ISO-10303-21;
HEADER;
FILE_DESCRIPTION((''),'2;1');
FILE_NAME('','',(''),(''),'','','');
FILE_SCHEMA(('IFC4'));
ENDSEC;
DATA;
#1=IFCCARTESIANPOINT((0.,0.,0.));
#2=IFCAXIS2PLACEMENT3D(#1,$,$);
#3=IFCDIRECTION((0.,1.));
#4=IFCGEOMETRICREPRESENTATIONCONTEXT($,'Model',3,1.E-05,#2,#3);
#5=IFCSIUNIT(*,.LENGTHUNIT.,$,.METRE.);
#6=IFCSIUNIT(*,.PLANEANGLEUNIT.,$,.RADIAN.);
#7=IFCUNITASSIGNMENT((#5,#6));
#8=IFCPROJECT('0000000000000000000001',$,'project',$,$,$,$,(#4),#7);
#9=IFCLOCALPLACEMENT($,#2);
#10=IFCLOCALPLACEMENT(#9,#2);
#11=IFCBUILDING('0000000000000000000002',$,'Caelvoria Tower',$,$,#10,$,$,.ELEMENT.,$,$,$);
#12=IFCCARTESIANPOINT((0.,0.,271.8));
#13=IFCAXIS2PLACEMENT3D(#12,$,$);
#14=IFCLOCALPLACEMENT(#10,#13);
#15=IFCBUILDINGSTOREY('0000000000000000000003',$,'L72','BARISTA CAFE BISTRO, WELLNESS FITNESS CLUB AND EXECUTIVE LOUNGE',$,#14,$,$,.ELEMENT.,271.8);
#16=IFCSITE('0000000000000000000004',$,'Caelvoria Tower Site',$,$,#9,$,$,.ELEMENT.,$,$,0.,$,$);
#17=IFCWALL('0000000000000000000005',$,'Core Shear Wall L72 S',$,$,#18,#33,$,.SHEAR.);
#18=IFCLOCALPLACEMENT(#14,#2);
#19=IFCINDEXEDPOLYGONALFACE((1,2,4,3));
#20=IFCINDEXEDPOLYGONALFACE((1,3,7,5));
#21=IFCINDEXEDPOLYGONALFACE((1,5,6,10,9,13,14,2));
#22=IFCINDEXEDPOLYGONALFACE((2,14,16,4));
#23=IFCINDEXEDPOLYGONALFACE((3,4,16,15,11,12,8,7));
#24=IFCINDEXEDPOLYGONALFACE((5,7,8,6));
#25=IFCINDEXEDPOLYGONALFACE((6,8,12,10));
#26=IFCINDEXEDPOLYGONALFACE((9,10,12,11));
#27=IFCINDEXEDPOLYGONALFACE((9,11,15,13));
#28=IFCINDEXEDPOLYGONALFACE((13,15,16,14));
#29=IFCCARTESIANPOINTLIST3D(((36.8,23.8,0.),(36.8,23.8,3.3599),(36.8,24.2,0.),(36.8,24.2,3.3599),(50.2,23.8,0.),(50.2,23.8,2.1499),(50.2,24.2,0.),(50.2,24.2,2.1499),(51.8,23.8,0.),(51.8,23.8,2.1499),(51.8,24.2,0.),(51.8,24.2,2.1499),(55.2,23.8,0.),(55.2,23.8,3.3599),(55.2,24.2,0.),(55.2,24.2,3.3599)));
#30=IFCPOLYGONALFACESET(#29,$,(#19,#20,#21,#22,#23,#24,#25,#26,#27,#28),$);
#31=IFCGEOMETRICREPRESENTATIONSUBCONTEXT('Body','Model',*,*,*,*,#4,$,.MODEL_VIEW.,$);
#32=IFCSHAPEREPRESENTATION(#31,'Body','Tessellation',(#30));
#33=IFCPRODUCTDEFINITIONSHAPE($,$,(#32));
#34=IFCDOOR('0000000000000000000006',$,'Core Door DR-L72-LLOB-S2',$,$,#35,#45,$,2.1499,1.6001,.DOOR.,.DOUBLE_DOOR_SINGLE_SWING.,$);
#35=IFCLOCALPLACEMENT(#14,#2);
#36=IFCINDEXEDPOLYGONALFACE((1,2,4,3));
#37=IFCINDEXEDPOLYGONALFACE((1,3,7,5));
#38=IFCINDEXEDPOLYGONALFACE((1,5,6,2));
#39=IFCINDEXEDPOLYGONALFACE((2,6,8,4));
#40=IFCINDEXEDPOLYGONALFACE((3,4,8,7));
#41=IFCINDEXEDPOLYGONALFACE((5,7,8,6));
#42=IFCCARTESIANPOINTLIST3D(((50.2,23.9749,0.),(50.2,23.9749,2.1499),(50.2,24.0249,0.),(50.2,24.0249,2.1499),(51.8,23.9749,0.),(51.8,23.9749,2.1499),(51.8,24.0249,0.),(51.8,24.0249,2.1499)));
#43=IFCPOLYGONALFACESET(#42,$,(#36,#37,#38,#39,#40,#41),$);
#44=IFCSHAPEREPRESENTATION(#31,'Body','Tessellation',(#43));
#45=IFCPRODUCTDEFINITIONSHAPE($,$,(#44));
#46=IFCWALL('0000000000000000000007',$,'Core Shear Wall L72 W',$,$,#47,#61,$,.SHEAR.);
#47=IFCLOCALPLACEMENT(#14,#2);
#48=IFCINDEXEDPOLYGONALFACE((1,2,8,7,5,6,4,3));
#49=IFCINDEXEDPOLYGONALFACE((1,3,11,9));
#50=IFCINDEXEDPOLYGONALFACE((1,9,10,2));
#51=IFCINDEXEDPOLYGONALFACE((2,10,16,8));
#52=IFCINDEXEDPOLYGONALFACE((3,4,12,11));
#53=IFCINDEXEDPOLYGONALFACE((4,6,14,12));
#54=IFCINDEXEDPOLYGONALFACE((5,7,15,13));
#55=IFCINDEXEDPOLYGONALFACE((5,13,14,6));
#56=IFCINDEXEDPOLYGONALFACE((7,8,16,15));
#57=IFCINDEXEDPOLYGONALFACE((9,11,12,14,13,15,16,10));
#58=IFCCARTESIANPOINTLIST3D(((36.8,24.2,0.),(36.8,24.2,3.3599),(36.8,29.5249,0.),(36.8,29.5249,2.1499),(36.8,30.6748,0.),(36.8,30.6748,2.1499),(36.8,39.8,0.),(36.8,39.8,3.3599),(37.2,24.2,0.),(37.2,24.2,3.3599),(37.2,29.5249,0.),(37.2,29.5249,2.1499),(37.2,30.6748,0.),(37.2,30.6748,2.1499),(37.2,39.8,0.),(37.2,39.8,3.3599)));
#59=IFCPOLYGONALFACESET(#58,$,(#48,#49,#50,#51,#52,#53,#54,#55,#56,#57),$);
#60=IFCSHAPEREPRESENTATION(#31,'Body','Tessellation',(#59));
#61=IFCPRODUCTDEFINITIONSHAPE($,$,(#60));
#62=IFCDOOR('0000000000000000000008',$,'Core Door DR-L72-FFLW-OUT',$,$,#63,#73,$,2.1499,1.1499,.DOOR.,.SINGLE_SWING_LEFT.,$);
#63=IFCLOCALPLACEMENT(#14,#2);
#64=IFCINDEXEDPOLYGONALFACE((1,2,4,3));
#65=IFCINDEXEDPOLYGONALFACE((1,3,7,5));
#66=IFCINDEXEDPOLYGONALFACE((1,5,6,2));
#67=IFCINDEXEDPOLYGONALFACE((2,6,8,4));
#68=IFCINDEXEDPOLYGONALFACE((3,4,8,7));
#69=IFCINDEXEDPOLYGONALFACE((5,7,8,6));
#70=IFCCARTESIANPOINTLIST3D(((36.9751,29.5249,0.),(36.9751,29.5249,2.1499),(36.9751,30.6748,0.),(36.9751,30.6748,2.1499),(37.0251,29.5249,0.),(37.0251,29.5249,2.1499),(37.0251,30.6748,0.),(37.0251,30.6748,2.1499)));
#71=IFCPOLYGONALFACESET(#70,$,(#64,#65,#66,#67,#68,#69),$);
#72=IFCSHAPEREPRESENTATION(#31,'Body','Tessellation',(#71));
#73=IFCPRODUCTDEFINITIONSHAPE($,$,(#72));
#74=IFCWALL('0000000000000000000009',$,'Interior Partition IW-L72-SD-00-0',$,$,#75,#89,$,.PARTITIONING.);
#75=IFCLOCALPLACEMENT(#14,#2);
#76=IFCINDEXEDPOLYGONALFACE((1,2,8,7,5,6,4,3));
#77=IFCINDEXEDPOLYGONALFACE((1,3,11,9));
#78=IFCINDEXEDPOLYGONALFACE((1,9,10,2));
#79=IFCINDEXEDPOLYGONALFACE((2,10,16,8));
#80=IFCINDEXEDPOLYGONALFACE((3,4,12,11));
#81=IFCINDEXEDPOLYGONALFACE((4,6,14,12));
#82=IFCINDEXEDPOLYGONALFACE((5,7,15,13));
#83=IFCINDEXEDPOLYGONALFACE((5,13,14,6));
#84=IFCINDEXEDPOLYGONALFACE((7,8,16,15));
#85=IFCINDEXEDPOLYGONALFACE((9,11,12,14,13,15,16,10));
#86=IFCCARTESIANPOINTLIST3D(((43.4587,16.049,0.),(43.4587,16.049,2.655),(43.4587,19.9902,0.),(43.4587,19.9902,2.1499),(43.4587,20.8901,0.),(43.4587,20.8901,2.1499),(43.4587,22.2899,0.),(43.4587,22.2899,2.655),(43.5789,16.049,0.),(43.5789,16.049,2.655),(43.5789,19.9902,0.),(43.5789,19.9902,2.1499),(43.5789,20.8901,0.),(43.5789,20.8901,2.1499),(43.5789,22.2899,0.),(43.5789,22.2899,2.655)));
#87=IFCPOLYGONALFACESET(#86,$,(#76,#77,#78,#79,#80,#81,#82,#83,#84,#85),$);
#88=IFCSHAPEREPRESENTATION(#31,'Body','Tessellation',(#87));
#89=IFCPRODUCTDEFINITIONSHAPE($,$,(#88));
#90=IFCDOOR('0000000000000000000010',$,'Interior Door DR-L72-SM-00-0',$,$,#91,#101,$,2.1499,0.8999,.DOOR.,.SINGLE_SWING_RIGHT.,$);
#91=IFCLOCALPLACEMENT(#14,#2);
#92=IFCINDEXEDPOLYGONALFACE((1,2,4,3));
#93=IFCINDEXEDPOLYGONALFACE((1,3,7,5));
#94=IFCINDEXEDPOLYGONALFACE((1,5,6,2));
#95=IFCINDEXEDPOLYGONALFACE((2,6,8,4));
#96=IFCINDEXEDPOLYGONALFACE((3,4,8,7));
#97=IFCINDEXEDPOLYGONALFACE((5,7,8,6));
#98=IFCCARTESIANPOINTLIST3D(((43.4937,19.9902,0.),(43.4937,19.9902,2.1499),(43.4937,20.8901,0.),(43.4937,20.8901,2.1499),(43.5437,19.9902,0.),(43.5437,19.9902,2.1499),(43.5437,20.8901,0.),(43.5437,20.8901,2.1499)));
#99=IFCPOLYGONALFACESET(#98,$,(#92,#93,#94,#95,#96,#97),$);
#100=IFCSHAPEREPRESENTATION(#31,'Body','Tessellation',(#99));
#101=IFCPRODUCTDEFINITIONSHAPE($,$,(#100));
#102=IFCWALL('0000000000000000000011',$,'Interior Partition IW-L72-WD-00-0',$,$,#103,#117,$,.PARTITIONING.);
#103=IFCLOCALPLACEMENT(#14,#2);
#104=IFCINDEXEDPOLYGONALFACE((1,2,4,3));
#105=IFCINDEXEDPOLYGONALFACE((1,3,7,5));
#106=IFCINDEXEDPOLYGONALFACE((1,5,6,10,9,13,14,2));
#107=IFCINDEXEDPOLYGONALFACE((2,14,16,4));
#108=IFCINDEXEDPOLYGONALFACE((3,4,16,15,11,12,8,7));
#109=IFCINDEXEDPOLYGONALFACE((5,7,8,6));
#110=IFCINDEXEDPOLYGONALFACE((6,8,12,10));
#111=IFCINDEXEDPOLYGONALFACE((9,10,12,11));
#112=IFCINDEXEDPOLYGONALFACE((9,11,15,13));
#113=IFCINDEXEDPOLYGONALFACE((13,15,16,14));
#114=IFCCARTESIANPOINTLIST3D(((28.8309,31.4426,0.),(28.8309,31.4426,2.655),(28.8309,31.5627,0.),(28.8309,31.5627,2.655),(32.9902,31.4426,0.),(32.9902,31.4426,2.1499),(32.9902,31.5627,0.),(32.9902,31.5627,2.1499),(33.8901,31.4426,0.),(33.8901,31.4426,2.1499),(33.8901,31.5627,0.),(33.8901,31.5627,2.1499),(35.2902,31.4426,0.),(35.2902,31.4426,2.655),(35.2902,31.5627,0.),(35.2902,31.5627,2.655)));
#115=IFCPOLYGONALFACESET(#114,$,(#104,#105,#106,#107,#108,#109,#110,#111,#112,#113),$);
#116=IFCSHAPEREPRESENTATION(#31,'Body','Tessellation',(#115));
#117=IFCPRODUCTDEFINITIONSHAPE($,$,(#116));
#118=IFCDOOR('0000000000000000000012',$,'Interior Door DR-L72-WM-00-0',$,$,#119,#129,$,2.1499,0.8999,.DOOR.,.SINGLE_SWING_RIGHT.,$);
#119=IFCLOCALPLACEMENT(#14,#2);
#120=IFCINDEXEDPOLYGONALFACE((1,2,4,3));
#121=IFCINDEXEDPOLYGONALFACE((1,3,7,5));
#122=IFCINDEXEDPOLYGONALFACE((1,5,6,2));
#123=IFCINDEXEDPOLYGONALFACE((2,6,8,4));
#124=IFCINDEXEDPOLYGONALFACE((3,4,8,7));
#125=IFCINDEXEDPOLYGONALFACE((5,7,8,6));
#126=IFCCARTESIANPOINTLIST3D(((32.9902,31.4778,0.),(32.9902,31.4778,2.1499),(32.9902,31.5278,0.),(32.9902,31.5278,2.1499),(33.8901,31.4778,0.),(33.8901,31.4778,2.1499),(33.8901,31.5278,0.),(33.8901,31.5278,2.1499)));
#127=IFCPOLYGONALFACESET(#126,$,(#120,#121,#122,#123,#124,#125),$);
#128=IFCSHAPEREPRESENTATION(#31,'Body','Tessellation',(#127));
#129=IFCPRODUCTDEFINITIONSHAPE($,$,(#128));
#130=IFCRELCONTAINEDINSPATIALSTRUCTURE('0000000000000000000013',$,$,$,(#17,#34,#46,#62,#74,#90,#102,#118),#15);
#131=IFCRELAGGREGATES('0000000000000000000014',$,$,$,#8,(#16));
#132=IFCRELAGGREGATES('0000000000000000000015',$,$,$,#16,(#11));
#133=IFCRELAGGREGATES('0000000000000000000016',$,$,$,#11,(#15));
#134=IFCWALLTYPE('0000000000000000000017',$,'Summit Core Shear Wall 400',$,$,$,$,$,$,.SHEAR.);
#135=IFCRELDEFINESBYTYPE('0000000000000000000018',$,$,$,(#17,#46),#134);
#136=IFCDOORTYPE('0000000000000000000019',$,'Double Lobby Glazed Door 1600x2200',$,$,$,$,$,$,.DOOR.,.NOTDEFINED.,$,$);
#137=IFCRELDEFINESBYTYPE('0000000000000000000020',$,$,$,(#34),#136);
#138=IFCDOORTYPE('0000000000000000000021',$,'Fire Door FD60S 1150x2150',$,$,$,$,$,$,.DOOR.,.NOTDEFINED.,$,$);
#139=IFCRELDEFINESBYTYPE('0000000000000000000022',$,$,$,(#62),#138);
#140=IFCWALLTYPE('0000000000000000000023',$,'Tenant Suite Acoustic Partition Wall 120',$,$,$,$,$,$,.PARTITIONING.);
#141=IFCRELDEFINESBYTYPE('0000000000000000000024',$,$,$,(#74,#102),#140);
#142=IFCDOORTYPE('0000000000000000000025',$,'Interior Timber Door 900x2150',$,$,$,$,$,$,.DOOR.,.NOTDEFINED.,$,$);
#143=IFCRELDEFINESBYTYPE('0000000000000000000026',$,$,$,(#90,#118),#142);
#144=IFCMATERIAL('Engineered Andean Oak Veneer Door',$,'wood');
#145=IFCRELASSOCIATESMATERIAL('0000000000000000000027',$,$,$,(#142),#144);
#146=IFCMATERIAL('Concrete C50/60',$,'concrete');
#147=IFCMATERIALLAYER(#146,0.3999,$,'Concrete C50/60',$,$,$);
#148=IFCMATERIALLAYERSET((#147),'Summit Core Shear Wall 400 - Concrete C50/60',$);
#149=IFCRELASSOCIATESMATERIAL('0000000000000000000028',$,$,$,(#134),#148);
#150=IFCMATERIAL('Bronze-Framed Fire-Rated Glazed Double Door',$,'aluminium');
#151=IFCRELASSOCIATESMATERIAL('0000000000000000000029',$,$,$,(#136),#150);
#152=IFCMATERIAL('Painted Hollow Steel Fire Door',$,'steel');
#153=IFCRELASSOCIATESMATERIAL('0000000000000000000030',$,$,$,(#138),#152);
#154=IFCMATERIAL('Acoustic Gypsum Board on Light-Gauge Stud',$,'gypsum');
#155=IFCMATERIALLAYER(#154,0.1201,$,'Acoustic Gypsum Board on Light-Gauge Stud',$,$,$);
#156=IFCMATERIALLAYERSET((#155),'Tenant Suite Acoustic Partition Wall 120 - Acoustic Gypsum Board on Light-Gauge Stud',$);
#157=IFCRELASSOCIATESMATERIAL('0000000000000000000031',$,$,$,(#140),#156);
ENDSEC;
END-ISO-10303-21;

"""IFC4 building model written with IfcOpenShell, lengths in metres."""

from ifc_helpers import new_model, si_unit, direction, frame, frame_2d, origin, place, context, subcontext, project, spatial, rectangle, extrude, material, layer, layer_set, type_object, element, fill, save


model = new_model("IFC4")

# Units and contexts
model_context = context("Model", 3, precision=1e-05, world=origin(), true_north=direction((0.0, 1.0)))
body_context = subcontext(model_context, "Body", "Model", "MODEL_VIEW")
ifc_project = project(units=[si_unit("LENGTHUNIT", "METRE"), si_unit("PLANEANGLEUNIT", "RADIAN")], contexts=[model_context])

# Site, building, storey
site_placement = place(None, origin())
site = spatial("IfcSite", under=ifc_project, at=site_placement, Name="Caelvoria Tower Site", CompositionType="ELEMENT", RefElevation=0.0)
building_placement = place(site_placement, origin())
building = spatial("IfcBuilding", under=site, at=building_placement, Name="Caelvoria Tower", CompositionType="ELEMENT")
storey_placement = place(building_placement, frame((0.0, 0.0, 271.8)))
storey = spatial("IfcBuildingStorey", under=building, at=storey_placement, Name="L72", Description="BARISTA CAFE BISTRO, WELLNESS FITNESS CLUB AND EXECUTIVE LOUNGE", CompositionType="ELEMENT", Elevation=271.8)

# Shared definitions
ifc_material_1 = material(Name="Concrete C50/60", Category="concrete")

# Walls, openings, doors
ifc_material_2 = material(Name="Engineered Andean Oak Veneer Door", Category="wood")
door_type_1 = type_object("IfcDoorType", Name="Interior Timber Door 900x2150", OperationType="NOTDEFINED", PredefinedType="DOOR", material=ifc_material_2)
ifc_layer_1 = layer(ifc_material_1, 0.3999, Name="Concrete C50/60")
ifc_layer_set_1 = layer_set([ifc_layer_1], Name="Summit Core Shear Wall 400 - Concrete C50/60")
wall_type_1 = type_object("IfcWallType", Name="Summit Core Shear Wall 400", PredefinedType="SHEAR", material=ifc_layer_set_1)
wall_1_placement = place(storey_placement, frame((36.8, 24.0, 0.0), z_axis=(0.0, 0.0, 1.0), x_axis=(1.0, 0.0, 0.0)))
wall_1 = element("IfcWall", 1, at=wall_1_placement, inside=storey, type_object=wall_type_1, Name="Core Shear Wall L72 S", PredefinedType="SHEAR", context=body_context, shape_type="SweptSolid", body=[
    extrude(rectangle(XDim=18.3999, YDim=0.3999, at=frame_2d((9.2, 0.0))), origin(), (0.0, 0.0, 1.0), 3.3599),
])
opening_1_placement = place(wall_1_placement, frame((13.3999, 0.0, 0.0)))
opening_1 = element("IfcOpeningElement", 2, at=opening_1_placement, cuts=wall_1, PredefinedType="OPENING", context=body_context, shape_type="SweptSolid", body=[
    extrude(rectangle(XDim=1.6001, YDim=2.1499, at=frame_2d((0.8, 1.075))), frame((0.0, 0.21, 0.0), z_axis=(0.0, -1.0, 0.0), x_axis=(1.0, 0.0, 0.0)), (0.0, 0.0, 1.0), 0.4199),
])
ifc_material_3 = material(Name="Bronze-Framed Fire-Rated Glazed Double Door", Category="aluminium")
door_type_2 = type_object("IfcDoorType", Name="Double Lobby Glazed Door 1600x2200", OperationType="NOTDEFINED", PredefinedType="DOOR", material=ifc_material_3)
door_1_placement = place(opening_1_placement, origin())
door_1 = element("IfcDoor", 3, at=door_1_placement, inside=storey, type_object=door_type_2, Name="Core Door DR-L72-LLOB-S2", OperationType="DOUBLE_DOOR_SINGLE_SWING", OverallHeight=2.1499, OverallWidth=1.6001, PredefinedType="DOOR", context=body_context, shape_type="SweptSolid", body=[
    extrude(rectangle(XDim=1.6001, YDim=2.1499, at=frame_2d((0.8, 1.075))), frame((0.0, 0.0249, 0.0), z_axis=(0.0, -1.0, 0.0), x_axis=(1.0, 0.0, 0.0)), (0.0, 0.0, 1.0), 0.05),
])
fill(opening_1, door_1)
wall_2_placement = place(storey_placement, frame((37.0, 24.2, 0.0), z_axis=(0.0, 0.0, 1.0), x_axis=(0.0, 1.0, 0.0)))
wall_2 = element("IfcWall", 4, at=wall_2_placement, inside=storey, type_object=wall_type_1, Name="Core Shear Wall L72 W", PredefinedType="SHEAR", context=body_context, shape_type="SweptSolid", body=[
    extrude(rectangle(XDim=15.6001, YDim=0.3999, at=frame_2d((7.8, 0.0))), origin(), (0.0, 0.0, 1.0), 3.3599),
])
opening_2_placement = place(wall_2_placement, frame((5.325, 0.0, 0.0)))
opening_2 = element("IfcOpeningElement", 5, at=opening_2_placement, cuts=wall_2, PredefinedType="OPENING", context=body_context, shape_type="SweptSolid", body=[
    extrude(rectangle(XDim=1.1499, YDim=2.1499, at=frame_2d((0.575, 1.075))), frame((0.0, 0.21, 0.0), z_axis=(0.0, -1.0, 0.0), x_axis=(1.0, 0.0, 0.0)), (0.0, 0.0, 1.0), 0.4199),
])
ifc_material_4 = material(Name="Painted Hollow Steel Fire Door", Category="steel")
door_type_3 = type_object("IfcDoorType", Name="Fire Door FD60S 1150x2150", OperationType="NOTDEFINED", PredefinedType="DOOR", material=ifc_material_4)
door_2_placement = place(opening_2_placement, origin())
door_2 = element("IfcDoor", 6, at=door_2_placement, inside=storey, type_object=door_type_3, Name="Core Door DR-L72-FFLW-OUT", OperationType="SINGLE_SWING_LEFT", OverallHeight=2.1499, OverallWidth=1.1499, PredefinedType="DOOR", context=body_context, shape_type="SweptSolid", body=[
    extrude(rectangle(XDim=1.1499, YDim=2.1499, at=frame_2d((0.575, 1.075))), frame((0.0, 0.0249, 0.0), z_axis=(0.0, -1.0, 0.0), x_axis=(1.0, 0.0, 0.0)), (0.0, 0.0, 1.0), 0.05),
])
fill(opening_2, door_2)
ifc_material_5 = material(Name="Acoustic Gypsum Board on Light-Gauge Stud", Category="gypsum")
ifc_layer_2 = layer(ifc_material_5, 0.1201, Name="Acoustic Gypsum Board on Light-Gauge Stud")
ifc_layer_set_2 = layer_set([ifc_layer_2], Name="Tenant Suite Acoustic Partition Wall 120 - Acoustic Gypsum Board on Light-Gauge Stud")
wall_type_2 = type_object("IfcWallType", Name="Tenant Suite Acoustic Partition Wall 120", PredefinedType="PARTITIONING", material=ifc_layer_set_2)
wall_3_placement = place(storey_placement, frame((43.5188, 22.29, 0.0), z_axis=(0.0, 0.0, 1.0), x_axis=(0.0, -1.0, 0.0)))
wall_3 = element("IfcWall", 7, at=wall_3_placement, inside=storey, type_object=wall_type_2, Name="Interior Partition IW-L72-SD-00-0", PredefinedType="PARTITIONING", context=body_context, shape_type="SweptSolid", body=[
    extrude(rectangle(XDim=6.241, YDim=0.1201, at=frame_2d((3.1206, 0.0))), origin(), (0.0, 0.0, 1.0), 2.655),
])
opening_3_placement = place(wall_3_placement, frame((1.3999, 0.0, 0.0)))
opening_3 = element("IfcOpeningElement", 8, at=opening_3_placement, cuts=wall_3, PredefinedType="OPENING", context=body_context, shape_type="SweptSolid", body=[
    extrude(rectangle(XDim=0.8999, YDim=2.1499, at=frame_2d((0.45, 1.075))), frame((0.0, 0.0701, 0.0), z_axis=(0.0, -1.0, 0.0), x_axis=(1.0, 0.0, 0.0)), (0.0, 0.0, 1.0), 0.1401),
])
door_3_placement = place(opening_3_placement, origin())
door_3 = element("IfcDoor", 9, at=door_3_placement, inside=storey, type_object=door_type_1, Name="Interior Door DR-L72-SM-00-0", OperationType="SINGLE_SWING_RIGHT", OverallHeight=2.1499, OverallWidth=0.8999, PredefinedType="DOOR", context=body_context, shape_type="SweptSolid", body=[
    extrude(rectangle(XDim=0.8999, YDim=2.1499, at=frame_2d((0.45, 1.075))), frame((0.0, 0.0249, 0.0), z_axis=(0.0, -1.0, 0.0), x_axis=(1.0, 0.0, 0.0)), (0.0, 0.0, 1.0), 0.05),
])
fill(opening_3, door_3)
wall_4_placement = place(storey_placement, frame((35.29, 31.5027, 0.0), z_axis=(0.0, 0.0, 1.0), x_axis=(-1.0, 0.0, 0.0)))
wall_4 = element("IfcWall", 10, at=wall_4_placement, inside=storey, type_object=wall_type_2, Name="Interior Partition IW-L72-WD-00-0", PredefinedType="PARTITIONING", context=body_context, shape_type="SweptSolid", body=[
    extrude(rectangle(XDim=6.4592, YDim=0.1201, at=frame_2d((3.2295, 0.0))), origin(), (0.0, 0.0, 1.0), 2.655),
])
opening_4_placement = place(wall_4_placement, frame((1.3999, 0.0, 0.0)))
opening_4 = element("IfcOpeningElement", 11, at=opening_4_placement, cuts=wall_4, PredefinedType="OPENING", context=body_context, shape_type="SweptSolid", body=[
    extrude(rectangle(XDim=0.8999, YDim=2.1499, at=frame_2d((0.45, 1.075))), frame((0.0, 0.0701, 0.0), z_axis=(0.0, -1.0, 0.0), x_axis=(1.0, 0.0, 0.0)), (0.0, 0.0, 1.0), 0.1401),
])
door_4_placement = place(opening_4_placement, origin())
door_4 = element("IfcDoor", 12, at=door_4_placement, inside=storey, type_object=door_type_1, Name="Interior Door DR-L72-WM-00-0", OperationType="SINGLE_SWING_RIGHT", OverallHeight=2.1499, OverallWidth=0.8999, PredefinedType="DOOR", context=body_context, shape_type="SweptSolid", body=[
    extrude(rectangle(XDim=0.8999, YDim=2.1499, at=frame_2d((0.45, 1.075))), frame((0.0, 0.0249, 0.0), z_axis=(0.0, -1.0, 0.0), x_axis=(1.0, 0.0, 0.0)), (0.0, 0.0, 1.0), 0.05),
])
fill(opening_4, door_4)

save(model, "model.ifc")
